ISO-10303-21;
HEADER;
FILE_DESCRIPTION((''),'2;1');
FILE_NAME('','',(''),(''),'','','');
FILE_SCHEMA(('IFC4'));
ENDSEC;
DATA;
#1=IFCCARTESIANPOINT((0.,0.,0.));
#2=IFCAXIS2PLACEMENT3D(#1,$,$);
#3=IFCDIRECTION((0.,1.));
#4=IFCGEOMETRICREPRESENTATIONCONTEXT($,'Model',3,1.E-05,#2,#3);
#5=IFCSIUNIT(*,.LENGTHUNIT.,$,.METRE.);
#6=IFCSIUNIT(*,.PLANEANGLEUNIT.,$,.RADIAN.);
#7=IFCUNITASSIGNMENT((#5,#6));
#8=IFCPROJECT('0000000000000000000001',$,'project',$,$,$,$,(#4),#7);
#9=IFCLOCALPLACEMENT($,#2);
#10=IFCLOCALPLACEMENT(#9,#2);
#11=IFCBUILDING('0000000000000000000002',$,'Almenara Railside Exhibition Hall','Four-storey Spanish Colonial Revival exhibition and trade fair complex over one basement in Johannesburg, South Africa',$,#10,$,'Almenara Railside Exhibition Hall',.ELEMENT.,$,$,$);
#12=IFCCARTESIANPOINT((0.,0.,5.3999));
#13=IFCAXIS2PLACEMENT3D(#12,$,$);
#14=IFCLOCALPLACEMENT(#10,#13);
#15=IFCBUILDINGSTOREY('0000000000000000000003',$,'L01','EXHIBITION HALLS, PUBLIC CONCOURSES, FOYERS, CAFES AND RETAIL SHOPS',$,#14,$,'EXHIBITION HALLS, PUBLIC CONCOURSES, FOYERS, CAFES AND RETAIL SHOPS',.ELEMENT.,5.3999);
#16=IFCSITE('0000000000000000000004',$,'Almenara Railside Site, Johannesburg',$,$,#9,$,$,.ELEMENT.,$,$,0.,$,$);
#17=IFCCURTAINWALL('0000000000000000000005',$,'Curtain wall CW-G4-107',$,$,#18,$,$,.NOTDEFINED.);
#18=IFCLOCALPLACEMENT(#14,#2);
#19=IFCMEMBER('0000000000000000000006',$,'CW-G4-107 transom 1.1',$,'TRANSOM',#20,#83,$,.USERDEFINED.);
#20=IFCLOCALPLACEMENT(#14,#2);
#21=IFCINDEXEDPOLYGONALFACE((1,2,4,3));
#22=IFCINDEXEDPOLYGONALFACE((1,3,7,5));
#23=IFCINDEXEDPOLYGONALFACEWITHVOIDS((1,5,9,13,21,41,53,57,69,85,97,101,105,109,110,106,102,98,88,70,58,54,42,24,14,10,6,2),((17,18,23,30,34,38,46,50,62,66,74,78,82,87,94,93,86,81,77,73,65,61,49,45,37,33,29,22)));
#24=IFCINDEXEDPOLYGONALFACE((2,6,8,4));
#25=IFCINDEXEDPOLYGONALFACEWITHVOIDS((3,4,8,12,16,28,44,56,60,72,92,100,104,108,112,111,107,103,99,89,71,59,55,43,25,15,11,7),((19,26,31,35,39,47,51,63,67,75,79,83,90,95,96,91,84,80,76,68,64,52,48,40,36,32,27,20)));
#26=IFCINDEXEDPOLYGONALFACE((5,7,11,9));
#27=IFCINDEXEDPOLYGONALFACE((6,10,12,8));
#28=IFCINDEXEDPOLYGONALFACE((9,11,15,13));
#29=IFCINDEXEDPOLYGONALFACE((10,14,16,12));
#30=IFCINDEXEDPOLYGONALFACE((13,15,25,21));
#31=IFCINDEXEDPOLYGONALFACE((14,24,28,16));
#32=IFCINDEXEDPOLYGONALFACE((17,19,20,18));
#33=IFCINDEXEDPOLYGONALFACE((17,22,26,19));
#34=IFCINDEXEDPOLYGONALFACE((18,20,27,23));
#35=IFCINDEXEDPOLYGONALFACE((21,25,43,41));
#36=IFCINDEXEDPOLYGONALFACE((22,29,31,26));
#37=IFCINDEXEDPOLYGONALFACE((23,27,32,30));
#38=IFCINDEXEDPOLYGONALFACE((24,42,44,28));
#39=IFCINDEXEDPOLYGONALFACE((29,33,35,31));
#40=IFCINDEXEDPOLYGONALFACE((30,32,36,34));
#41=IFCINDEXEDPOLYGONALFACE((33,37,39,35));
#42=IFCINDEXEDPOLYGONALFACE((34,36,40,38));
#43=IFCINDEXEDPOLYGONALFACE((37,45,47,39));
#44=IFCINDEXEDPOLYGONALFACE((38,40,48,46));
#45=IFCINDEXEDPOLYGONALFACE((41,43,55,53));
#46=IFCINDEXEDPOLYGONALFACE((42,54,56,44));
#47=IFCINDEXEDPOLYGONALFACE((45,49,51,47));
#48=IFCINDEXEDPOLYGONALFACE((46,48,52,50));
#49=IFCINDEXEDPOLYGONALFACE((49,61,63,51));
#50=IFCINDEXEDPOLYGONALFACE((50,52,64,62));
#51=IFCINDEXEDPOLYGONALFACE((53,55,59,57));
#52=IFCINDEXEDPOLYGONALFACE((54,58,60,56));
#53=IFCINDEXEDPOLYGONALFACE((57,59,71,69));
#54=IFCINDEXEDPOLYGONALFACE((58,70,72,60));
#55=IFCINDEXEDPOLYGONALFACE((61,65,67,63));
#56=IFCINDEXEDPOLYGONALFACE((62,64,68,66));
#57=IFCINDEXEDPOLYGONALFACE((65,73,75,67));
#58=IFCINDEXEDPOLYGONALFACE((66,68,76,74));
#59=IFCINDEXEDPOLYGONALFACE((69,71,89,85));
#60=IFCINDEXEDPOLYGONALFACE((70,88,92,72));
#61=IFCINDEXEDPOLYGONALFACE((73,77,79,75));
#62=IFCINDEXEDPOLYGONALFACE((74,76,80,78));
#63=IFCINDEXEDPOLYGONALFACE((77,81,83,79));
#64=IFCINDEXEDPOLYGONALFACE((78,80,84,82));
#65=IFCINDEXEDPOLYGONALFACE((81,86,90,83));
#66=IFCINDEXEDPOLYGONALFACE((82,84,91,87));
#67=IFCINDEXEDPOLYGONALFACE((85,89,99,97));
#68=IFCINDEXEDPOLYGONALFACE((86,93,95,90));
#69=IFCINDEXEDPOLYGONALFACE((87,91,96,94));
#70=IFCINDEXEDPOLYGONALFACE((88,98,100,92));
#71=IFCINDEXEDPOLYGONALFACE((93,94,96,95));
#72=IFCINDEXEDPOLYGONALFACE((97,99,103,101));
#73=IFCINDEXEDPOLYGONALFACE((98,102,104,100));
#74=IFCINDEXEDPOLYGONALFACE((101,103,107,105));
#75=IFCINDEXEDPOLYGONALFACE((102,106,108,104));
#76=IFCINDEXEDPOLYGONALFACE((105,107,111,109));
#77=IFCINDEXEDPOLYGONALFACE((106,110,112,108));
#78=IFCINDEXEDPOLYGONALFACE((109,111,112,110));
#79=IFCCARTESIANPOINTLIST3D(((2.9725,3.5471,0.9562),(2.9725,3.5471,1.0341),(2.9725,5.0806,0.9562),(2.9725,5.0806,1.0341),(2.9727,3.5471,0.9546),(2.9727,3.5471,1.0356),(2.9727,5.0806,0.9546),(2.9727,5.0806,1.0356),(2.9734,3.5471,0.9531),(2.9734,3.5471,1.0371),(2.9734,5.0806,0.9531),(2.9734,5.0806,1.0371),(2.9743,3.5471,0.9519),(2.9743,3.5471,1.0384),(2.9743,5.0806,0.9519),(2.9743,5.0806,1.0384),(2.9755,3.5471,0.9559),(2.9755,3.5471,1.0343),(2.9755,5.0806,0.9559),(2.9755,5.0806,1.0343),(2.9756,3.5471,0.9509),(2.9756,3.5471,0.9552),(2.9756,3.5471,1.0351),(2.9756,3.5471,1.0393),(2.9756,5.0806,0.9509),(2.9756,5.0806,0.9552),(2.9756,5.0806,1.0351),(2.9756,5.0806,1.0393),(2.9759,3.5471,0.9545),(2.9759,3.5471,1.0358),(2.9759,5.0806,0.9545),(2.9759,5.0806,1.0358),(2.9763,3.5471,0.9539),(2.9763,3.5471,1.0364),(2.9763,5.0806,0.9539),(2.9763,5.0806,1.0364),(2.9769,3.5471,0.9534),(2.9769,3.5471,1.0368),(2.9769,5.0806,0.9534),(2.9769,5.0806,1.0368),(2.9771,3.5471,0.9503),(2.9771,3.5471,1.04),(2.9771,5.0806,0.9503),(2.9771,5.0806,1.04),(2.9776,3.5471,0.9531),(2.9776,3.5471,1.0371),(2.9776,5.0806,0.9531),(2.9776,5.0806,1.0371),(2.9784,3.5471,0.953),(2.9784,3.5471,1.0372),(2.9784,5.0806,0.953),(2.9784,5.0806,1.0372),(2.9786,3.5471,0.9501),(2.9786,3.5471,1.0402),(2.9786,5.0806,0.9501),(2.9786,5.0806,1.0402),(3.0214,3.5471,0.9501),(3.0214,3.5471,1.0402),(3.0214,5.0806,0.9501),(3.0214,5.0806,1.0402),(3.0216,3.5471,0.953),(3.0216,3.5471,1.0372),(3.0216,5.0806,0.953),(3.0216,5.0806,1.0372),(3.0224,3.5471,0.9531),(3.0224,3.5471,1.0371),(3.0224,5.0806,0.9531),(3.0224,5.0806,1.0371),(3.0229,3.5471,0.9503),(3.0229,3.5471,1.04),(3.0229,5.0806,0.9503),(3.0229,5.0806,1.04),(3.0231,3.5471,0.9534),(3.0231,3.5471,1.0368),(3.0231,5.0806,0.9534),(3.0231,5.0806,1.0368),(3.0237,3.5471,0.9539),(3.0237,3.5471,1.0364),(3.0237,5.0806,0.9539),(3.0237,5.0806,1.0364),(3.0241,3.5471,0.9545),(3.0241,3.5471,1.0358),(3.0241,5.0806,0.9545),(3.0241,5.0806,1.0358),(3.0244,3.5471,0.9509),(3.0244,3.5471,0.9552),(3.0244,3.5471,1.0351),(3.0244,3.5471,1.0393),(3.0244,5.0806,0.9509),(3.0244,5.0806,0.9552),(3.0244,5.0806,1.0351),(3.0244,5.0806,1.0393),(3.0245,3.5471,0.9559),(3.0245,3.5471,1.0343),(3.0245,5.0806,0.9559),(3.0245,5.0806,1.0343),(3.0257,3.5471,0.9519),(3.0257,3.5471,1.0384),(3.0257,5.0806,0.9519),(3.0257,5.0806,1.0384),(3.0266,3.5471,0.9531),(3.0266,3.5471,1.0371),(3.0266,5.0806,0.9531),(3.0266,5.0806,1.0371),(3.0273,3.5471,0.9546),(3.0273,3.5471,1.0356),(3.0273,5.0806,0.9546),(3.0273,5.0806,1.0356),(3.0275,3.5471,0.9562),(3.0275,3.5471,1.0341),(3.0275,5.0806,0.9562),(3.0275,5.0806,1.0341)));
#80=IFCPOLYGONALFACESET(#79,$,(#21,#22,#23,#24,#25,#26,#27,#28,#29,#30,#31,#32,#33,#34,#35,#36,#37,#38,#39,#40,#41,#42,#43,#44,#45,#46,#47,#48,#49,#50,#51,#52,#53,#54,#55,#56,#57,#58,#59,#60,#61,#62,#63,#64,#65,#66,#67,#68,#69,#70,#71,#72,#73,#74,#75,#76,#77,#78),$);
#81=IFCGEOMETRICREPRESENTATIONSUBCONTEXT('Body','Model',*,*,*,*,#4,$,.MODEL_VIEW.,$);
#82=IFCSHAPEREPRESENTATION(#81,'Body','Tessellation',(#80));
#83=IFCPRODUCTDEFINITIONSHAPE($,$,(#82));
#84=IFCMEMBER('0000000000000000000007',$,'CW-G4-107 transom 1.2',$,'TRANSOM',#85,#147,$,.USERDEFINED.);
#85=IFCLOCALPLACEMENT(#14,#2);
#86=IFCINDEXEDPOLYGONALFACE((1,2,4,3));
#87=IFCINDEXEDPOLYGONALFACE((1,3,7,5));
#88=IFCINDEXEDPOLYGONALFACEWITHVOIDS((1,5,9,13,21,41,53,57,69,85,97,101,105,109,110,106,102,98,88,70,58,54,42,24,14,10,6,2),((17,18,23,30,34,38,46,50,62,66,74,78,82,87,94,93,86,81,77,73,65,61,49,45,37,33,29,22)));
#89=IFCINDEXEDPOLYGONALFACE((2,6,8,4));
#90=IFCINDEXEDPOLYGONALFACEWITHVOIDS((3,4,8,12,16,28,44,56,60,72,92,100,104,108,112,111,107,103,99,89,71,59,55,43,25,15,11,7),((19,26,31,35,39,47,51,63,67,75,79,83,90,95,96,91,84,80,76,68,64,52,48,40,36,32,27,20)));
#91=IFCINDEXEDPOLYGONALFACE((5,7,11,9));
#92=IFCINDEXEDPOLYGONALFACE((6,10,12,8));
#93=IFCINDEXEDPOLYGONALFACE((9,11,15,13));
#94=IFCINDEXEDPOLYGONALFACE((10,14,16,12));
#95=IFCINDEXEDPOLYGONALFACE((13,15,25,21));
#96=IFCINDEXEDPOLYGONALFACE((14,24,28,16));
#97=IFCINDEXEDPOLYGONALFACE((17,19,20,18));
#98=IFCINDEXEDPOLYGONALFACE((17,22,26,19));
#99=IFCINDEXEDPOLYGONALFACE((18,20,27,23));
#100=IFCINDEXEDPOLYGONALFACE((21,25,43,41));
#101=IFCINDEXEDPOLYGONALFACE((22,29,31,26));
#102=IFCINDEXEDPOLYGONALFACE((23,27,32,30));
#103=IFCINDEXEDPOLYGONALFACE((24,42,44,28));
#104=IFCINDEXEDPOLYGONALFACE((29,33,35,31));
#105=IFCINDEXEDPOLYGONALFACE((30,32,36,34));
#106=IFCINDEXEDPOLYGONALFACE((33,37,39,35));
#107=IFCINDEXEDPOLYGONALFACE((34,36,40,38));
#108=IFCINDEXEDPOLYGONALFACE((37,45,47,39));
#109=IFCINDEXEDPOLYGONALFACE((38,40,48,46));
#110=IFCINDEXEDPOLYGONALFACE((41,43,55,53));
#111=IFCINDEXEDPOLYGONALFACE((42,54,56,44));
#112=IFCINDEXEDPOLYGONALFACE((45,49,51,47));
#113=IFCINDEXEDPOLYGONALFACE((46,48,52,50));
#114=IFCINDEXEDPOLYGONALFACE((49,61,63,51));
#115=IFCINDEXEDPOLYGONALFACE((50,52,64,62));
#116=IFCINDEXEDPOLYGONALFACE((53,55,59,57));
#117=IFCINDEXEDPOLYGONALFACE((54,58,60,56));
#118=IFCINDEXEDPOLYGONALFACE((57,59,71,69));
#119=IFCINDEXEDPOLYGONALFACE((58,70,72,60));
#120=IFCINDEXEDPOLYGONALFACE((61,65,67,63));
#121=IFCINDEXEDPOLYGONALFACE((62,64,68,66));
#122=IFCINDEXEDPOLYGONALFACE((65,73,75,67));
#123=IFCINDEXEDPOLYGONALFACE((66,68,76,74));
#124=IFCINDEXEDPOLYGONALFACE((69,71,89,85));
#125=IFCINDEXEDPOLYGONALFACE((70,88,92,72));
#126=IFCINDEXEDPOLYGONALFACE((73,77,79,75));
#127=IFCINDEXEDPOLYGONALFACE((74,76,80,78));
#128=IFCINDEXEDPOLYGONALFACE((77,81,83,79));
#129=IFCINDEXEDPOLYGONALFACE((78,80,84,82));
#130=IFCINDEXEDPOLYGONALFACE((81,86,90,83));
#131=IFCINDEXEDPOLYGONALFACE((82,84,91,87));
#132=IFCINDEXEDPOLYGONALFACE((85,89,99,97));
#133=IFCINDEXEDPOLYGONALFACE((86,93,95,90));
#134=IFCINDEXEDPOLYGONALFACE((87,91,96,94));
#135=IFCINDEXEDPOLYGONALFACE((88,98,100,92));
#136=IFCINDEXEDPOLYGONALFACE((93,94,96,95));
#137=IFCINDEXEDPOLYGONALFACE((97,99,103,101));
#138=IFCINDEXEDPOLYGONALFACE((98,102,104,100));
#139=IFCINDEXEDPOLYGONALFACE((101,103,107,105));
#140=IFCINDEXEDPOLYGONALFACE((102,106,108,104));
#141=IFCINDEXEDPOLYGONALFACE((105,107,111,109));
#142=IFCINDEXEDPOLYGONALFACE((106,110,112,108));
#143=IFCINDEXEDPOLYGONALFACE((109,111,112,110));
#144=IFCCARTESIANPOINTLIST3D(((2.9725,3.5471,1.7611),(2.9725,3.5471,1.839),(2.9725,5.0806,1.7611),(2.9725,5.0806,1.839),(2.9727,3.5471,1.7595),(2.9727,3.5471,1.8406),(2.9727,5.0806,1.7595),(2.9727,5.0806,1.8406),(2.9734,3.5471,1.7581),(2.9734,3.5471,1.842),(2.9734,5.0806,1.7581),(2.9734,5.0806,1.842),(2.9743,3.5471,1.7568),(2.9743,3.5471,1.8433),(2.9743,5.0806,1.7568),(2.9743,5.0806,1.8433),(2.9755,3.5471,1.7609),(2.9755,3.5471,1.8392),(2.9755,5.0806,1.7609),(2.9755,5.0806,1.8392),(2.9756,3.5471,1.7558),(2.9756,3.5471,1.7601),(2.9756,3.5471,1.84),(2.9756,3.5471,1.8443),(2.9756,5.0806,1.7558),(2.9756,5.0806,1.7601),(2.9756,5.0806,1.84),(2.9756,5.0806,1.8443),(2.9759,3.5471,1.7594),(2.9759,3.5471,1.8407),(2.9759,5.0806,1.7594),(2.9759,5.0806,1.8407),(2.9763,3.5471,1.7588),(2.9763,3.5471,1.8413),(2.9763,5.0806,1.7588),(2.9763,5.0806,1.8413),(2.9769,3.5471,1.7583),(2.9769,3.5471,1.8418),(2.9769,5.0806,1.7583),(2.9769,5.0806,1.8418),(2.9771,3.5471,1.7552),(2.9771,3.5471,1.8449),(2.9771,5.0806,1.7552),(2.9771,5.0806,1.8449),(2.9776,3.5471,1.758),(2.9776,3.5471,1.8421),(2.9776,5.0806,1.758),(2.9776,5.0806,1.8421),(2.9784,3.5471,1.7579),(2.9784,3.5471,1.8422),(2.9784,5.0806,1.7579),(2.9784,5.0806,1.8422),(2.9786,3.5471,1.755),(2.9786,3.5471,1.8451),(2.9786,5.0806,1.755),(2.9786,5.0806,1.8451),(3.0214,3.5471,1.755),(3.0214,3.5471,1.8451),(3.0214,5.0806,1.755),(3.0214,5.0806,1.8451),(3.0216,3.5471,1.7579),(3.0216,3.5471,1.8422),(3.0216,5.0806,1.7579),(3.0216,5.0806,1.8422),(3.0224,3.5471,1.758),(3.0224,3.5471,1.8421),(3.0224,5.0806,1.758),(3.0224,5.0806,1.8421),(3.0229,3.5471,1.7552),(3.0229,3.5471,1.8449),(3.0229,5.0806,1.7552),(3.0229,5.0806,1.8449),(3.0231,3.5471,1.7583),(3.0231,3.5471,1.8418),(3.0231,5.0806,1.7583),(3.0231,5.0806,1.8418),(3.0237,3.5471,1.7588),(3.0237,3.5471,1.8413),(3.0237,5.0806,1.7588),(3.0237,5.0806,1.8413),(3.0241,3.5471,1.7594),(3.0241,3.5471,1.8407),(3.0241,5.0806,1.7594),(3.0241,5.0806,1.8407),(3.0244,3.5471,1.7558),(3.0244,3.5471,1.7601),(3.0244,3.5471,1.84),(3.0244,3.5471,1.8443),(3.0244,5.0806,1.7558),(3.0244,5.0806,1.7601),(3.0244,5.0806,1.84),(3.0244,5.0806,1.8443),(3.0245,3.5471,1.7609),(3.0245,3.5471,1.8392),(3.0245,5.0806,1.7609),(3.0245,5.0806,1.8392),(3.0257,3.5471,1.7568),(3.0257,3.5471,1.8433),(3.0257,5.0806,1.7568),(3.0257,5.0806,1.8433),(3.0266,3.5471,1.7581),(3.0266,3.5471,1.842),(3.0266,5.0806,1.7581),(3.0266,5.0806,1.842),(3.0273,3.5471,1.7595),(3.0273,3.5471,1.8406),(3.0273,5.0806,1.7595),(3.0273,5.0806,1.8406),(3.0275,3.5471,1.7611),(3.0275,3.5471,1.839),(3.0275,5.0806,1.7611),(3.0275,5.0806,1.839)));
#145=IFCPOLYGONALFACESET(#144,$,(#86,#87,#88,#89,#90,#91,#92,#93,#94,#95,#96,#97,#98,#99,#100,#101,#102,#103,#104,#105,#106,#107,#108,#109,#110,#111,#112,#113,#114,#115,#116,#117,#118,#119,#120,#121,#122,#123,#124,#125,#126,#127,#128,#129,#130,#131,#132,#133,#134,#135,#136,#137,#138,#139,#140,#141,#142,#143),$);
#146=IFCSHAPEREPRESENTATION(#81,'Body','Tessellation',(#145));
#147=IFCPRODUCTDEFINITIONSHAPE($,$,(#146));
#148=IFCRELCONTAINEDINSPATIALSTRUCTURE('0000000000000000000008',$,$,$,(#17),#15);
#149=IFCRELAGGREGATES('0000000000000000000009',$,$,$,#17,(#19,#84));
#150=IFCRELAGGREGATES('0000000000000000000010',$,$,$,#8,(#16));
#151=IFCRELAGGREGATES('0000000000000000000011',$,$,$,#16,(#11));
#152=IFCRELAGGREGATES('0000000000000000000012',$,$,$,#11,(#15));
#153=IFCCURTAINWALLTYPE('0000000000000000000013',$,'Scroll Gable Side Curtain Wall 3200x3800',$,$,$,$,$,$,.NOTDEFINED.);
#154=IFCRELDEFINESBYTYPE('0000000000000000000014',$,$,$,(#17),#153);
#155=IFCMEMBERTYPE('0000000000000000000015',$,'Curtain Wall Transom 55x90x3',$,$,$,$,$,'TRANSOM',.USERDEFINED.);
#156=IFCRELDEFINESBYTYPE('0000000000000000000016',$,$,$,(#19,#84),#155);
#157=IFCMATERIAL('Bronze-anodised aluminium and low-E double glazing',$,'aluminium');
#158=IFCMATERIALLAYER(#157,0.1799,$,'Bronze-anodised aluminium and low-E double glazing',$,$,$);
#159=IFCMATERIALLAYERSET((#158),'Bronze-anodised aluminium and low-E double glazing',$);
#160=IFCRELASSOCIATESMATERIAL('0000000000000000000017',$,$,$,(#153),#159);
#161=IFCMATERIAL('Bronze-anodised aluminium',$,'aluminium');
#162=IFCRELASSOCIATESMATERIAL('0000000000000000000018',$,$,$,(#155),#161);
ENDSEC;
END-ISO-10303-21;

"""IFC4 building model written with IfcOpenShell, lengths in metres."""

from ifc_helpers import new_model, si_unit, direction, frame, origin, origin_2d, place, context, subcontext, project, spatial, hollow_rectangle, extrude, material, layer, layer_set, material_profile, profile_set, type_object, element, aggregate, save


model = new_model("IFC4")

# Units and contexts
model_context = context("Model", 3, precision=1e-05, world=origin(), true_north=direction((0.0, 1.0)))
body_context = subcontext(model_context, "Body", "Model", "MODEL_VIEW")
ifc_project = project(units=[si_unit("LENGTHUNIT", "METRE"), si_unit("PLANEANGLEUNIT", "RADIAN")], contexts=[model_context])

# Site, building, storey
site_placement = place(None, origin())
site = spatial("IfcSite", under=ifc_project, at=site_placement, Name="Almenara Railside Site, Johannesburg", CompositionType="ELEMENT", RefElevation=0.0)
building_placement = place(site_placement, origin())
building = spatial("IfcBuilding", under=site, at=building_placement, Name="Almenara Railside Exhibition Hall", Description="Four-storey Spanish Colonial Revival exhibition and trade fair complex over one basement in Johannesburg, South Africa", LongName="Almenara Railside Exhibition Hall", CompositionType="ELEMENT")
storey_placement = place(building_placement, frame((0.0, 0.0, 5.3999)))
storey = spatial("IfcBuildingStorey", under=building, at=storey_placement, Name="L01", Description="EXHIBITION HALLS, PUBLIC CONCOURSES, FOYERS, CAFES AND RETAIL SHOPS", LongName="EXHIBITION HALLS, PUBLIC CONCOURSES, FOYERS, CAFES AND RETAIL SHOPS", CompositionType="ELEMENT", Elevation=5.3999)

# Curtain wall
ifc_material_1 = material(Name="Bronze-anodised aluminium and low-E double glazing", Category="aluminium")
ifc_layer_1 = layer(ifc_material_1, 0.1799, Name="Bronze-anodised aluminium and low-E double glazing")
ifc_layer_set_1 = layer_set([ifc_layer_1], Name="Bronze-anodised aluminium and low-E double glazing")
curtain_wall_type = type_object("IfcCurtainWallType", Name="Scroll Gable Side Curtain Wall 3200x3800", PredefinedType="NOTDEFINED", material=ifc_layer_set_1)
curtain_wall_1_placement = place(storey_placement, origin())
curtain_wall_1 = element("IfcCurtainWall", 1, at=curtain_wall_1_placement, inside=storey, type_object=curtain_wall_type, Name="Curtain wall CW-G4-107", PredefinedType="NOTDEFINED")
ifc_material_2 = material(Name="Bronze-anodised aluminium", Category="aluminium")

# Members
ifc_material_profile_1 = material_profile(ifc_material_2, hollow_rectangle(XDim=0.0549, YDim=0.0901, WallThickness=0.0029, InnerFilletRadius=0.0029, OuterFilletRadius=0.0061, at=origin_2d()), Name="ALU-TRN 55x90x3")
ifc_profile_set_1 = profile_set([ifc_material_profile_1], Name="Bronze-anodised aluminium")
member_type_1 = type_object("IfcMemberType", Name="Curtain Wall Transom 55x90x3", ElementType="TRANSOM", PredefinedType="USERDEFINED", material=ifc_profile_set_1)
member_1_placement = place(storey_placement, frame((3.0, 3.5471, 0.9951), z_axis=(0.0, 1.0, 0.0), x_axis=(-1.0, 0.0, 0.0)))
member_1 = element("IfcMember", 2, at=member_1_placement, type_object=member_type_1, Name="CW-G4-107 transom 1.1", ObjectType="TRANSOM", PredefinedType="USERDEFINED", context=body_context, shape_type="SweptSolid", body=[
    extrude(hollow_rectangle(XDim=0.0549, YDim=0.0901, WallThickness=0.0029, InnerFilletRadius=0.0029, OuterFilletRadius=0.0061, at=origin_2d()), origin(), (0.0, 0.0, 1.0), 1.5334),
])
member_2_placement = place(storey_placement, frame((3.0, 3.5471, 1.8), z_axis=(0.0, 1.0, 0.0), x_axis=(-1.0, 0.0, 0.0)))
member_2 = element("IfcMember", 3, at=member_2_placement, type_object=member_type_1, Name="CW-G4-107 transom 1.2", ObjectType="TRANSOM", PredefinedType="USERDEFINED", context=body_context, shape_type="SweptSolid", body=[
    extrude(hollow_rectangle(XDim=0.0549, YDim=0.0901, WallThickness=0.0029, InnerFilletRadius=0.0029, OuterFilletRadius=0.0061, at=origin_2d()), origin(), (0.0, 0.0, 1.0), 1.5334),
])

aggregate(curtain_wall_1, [member_1, member_2])

save(model, "model.ifc")
